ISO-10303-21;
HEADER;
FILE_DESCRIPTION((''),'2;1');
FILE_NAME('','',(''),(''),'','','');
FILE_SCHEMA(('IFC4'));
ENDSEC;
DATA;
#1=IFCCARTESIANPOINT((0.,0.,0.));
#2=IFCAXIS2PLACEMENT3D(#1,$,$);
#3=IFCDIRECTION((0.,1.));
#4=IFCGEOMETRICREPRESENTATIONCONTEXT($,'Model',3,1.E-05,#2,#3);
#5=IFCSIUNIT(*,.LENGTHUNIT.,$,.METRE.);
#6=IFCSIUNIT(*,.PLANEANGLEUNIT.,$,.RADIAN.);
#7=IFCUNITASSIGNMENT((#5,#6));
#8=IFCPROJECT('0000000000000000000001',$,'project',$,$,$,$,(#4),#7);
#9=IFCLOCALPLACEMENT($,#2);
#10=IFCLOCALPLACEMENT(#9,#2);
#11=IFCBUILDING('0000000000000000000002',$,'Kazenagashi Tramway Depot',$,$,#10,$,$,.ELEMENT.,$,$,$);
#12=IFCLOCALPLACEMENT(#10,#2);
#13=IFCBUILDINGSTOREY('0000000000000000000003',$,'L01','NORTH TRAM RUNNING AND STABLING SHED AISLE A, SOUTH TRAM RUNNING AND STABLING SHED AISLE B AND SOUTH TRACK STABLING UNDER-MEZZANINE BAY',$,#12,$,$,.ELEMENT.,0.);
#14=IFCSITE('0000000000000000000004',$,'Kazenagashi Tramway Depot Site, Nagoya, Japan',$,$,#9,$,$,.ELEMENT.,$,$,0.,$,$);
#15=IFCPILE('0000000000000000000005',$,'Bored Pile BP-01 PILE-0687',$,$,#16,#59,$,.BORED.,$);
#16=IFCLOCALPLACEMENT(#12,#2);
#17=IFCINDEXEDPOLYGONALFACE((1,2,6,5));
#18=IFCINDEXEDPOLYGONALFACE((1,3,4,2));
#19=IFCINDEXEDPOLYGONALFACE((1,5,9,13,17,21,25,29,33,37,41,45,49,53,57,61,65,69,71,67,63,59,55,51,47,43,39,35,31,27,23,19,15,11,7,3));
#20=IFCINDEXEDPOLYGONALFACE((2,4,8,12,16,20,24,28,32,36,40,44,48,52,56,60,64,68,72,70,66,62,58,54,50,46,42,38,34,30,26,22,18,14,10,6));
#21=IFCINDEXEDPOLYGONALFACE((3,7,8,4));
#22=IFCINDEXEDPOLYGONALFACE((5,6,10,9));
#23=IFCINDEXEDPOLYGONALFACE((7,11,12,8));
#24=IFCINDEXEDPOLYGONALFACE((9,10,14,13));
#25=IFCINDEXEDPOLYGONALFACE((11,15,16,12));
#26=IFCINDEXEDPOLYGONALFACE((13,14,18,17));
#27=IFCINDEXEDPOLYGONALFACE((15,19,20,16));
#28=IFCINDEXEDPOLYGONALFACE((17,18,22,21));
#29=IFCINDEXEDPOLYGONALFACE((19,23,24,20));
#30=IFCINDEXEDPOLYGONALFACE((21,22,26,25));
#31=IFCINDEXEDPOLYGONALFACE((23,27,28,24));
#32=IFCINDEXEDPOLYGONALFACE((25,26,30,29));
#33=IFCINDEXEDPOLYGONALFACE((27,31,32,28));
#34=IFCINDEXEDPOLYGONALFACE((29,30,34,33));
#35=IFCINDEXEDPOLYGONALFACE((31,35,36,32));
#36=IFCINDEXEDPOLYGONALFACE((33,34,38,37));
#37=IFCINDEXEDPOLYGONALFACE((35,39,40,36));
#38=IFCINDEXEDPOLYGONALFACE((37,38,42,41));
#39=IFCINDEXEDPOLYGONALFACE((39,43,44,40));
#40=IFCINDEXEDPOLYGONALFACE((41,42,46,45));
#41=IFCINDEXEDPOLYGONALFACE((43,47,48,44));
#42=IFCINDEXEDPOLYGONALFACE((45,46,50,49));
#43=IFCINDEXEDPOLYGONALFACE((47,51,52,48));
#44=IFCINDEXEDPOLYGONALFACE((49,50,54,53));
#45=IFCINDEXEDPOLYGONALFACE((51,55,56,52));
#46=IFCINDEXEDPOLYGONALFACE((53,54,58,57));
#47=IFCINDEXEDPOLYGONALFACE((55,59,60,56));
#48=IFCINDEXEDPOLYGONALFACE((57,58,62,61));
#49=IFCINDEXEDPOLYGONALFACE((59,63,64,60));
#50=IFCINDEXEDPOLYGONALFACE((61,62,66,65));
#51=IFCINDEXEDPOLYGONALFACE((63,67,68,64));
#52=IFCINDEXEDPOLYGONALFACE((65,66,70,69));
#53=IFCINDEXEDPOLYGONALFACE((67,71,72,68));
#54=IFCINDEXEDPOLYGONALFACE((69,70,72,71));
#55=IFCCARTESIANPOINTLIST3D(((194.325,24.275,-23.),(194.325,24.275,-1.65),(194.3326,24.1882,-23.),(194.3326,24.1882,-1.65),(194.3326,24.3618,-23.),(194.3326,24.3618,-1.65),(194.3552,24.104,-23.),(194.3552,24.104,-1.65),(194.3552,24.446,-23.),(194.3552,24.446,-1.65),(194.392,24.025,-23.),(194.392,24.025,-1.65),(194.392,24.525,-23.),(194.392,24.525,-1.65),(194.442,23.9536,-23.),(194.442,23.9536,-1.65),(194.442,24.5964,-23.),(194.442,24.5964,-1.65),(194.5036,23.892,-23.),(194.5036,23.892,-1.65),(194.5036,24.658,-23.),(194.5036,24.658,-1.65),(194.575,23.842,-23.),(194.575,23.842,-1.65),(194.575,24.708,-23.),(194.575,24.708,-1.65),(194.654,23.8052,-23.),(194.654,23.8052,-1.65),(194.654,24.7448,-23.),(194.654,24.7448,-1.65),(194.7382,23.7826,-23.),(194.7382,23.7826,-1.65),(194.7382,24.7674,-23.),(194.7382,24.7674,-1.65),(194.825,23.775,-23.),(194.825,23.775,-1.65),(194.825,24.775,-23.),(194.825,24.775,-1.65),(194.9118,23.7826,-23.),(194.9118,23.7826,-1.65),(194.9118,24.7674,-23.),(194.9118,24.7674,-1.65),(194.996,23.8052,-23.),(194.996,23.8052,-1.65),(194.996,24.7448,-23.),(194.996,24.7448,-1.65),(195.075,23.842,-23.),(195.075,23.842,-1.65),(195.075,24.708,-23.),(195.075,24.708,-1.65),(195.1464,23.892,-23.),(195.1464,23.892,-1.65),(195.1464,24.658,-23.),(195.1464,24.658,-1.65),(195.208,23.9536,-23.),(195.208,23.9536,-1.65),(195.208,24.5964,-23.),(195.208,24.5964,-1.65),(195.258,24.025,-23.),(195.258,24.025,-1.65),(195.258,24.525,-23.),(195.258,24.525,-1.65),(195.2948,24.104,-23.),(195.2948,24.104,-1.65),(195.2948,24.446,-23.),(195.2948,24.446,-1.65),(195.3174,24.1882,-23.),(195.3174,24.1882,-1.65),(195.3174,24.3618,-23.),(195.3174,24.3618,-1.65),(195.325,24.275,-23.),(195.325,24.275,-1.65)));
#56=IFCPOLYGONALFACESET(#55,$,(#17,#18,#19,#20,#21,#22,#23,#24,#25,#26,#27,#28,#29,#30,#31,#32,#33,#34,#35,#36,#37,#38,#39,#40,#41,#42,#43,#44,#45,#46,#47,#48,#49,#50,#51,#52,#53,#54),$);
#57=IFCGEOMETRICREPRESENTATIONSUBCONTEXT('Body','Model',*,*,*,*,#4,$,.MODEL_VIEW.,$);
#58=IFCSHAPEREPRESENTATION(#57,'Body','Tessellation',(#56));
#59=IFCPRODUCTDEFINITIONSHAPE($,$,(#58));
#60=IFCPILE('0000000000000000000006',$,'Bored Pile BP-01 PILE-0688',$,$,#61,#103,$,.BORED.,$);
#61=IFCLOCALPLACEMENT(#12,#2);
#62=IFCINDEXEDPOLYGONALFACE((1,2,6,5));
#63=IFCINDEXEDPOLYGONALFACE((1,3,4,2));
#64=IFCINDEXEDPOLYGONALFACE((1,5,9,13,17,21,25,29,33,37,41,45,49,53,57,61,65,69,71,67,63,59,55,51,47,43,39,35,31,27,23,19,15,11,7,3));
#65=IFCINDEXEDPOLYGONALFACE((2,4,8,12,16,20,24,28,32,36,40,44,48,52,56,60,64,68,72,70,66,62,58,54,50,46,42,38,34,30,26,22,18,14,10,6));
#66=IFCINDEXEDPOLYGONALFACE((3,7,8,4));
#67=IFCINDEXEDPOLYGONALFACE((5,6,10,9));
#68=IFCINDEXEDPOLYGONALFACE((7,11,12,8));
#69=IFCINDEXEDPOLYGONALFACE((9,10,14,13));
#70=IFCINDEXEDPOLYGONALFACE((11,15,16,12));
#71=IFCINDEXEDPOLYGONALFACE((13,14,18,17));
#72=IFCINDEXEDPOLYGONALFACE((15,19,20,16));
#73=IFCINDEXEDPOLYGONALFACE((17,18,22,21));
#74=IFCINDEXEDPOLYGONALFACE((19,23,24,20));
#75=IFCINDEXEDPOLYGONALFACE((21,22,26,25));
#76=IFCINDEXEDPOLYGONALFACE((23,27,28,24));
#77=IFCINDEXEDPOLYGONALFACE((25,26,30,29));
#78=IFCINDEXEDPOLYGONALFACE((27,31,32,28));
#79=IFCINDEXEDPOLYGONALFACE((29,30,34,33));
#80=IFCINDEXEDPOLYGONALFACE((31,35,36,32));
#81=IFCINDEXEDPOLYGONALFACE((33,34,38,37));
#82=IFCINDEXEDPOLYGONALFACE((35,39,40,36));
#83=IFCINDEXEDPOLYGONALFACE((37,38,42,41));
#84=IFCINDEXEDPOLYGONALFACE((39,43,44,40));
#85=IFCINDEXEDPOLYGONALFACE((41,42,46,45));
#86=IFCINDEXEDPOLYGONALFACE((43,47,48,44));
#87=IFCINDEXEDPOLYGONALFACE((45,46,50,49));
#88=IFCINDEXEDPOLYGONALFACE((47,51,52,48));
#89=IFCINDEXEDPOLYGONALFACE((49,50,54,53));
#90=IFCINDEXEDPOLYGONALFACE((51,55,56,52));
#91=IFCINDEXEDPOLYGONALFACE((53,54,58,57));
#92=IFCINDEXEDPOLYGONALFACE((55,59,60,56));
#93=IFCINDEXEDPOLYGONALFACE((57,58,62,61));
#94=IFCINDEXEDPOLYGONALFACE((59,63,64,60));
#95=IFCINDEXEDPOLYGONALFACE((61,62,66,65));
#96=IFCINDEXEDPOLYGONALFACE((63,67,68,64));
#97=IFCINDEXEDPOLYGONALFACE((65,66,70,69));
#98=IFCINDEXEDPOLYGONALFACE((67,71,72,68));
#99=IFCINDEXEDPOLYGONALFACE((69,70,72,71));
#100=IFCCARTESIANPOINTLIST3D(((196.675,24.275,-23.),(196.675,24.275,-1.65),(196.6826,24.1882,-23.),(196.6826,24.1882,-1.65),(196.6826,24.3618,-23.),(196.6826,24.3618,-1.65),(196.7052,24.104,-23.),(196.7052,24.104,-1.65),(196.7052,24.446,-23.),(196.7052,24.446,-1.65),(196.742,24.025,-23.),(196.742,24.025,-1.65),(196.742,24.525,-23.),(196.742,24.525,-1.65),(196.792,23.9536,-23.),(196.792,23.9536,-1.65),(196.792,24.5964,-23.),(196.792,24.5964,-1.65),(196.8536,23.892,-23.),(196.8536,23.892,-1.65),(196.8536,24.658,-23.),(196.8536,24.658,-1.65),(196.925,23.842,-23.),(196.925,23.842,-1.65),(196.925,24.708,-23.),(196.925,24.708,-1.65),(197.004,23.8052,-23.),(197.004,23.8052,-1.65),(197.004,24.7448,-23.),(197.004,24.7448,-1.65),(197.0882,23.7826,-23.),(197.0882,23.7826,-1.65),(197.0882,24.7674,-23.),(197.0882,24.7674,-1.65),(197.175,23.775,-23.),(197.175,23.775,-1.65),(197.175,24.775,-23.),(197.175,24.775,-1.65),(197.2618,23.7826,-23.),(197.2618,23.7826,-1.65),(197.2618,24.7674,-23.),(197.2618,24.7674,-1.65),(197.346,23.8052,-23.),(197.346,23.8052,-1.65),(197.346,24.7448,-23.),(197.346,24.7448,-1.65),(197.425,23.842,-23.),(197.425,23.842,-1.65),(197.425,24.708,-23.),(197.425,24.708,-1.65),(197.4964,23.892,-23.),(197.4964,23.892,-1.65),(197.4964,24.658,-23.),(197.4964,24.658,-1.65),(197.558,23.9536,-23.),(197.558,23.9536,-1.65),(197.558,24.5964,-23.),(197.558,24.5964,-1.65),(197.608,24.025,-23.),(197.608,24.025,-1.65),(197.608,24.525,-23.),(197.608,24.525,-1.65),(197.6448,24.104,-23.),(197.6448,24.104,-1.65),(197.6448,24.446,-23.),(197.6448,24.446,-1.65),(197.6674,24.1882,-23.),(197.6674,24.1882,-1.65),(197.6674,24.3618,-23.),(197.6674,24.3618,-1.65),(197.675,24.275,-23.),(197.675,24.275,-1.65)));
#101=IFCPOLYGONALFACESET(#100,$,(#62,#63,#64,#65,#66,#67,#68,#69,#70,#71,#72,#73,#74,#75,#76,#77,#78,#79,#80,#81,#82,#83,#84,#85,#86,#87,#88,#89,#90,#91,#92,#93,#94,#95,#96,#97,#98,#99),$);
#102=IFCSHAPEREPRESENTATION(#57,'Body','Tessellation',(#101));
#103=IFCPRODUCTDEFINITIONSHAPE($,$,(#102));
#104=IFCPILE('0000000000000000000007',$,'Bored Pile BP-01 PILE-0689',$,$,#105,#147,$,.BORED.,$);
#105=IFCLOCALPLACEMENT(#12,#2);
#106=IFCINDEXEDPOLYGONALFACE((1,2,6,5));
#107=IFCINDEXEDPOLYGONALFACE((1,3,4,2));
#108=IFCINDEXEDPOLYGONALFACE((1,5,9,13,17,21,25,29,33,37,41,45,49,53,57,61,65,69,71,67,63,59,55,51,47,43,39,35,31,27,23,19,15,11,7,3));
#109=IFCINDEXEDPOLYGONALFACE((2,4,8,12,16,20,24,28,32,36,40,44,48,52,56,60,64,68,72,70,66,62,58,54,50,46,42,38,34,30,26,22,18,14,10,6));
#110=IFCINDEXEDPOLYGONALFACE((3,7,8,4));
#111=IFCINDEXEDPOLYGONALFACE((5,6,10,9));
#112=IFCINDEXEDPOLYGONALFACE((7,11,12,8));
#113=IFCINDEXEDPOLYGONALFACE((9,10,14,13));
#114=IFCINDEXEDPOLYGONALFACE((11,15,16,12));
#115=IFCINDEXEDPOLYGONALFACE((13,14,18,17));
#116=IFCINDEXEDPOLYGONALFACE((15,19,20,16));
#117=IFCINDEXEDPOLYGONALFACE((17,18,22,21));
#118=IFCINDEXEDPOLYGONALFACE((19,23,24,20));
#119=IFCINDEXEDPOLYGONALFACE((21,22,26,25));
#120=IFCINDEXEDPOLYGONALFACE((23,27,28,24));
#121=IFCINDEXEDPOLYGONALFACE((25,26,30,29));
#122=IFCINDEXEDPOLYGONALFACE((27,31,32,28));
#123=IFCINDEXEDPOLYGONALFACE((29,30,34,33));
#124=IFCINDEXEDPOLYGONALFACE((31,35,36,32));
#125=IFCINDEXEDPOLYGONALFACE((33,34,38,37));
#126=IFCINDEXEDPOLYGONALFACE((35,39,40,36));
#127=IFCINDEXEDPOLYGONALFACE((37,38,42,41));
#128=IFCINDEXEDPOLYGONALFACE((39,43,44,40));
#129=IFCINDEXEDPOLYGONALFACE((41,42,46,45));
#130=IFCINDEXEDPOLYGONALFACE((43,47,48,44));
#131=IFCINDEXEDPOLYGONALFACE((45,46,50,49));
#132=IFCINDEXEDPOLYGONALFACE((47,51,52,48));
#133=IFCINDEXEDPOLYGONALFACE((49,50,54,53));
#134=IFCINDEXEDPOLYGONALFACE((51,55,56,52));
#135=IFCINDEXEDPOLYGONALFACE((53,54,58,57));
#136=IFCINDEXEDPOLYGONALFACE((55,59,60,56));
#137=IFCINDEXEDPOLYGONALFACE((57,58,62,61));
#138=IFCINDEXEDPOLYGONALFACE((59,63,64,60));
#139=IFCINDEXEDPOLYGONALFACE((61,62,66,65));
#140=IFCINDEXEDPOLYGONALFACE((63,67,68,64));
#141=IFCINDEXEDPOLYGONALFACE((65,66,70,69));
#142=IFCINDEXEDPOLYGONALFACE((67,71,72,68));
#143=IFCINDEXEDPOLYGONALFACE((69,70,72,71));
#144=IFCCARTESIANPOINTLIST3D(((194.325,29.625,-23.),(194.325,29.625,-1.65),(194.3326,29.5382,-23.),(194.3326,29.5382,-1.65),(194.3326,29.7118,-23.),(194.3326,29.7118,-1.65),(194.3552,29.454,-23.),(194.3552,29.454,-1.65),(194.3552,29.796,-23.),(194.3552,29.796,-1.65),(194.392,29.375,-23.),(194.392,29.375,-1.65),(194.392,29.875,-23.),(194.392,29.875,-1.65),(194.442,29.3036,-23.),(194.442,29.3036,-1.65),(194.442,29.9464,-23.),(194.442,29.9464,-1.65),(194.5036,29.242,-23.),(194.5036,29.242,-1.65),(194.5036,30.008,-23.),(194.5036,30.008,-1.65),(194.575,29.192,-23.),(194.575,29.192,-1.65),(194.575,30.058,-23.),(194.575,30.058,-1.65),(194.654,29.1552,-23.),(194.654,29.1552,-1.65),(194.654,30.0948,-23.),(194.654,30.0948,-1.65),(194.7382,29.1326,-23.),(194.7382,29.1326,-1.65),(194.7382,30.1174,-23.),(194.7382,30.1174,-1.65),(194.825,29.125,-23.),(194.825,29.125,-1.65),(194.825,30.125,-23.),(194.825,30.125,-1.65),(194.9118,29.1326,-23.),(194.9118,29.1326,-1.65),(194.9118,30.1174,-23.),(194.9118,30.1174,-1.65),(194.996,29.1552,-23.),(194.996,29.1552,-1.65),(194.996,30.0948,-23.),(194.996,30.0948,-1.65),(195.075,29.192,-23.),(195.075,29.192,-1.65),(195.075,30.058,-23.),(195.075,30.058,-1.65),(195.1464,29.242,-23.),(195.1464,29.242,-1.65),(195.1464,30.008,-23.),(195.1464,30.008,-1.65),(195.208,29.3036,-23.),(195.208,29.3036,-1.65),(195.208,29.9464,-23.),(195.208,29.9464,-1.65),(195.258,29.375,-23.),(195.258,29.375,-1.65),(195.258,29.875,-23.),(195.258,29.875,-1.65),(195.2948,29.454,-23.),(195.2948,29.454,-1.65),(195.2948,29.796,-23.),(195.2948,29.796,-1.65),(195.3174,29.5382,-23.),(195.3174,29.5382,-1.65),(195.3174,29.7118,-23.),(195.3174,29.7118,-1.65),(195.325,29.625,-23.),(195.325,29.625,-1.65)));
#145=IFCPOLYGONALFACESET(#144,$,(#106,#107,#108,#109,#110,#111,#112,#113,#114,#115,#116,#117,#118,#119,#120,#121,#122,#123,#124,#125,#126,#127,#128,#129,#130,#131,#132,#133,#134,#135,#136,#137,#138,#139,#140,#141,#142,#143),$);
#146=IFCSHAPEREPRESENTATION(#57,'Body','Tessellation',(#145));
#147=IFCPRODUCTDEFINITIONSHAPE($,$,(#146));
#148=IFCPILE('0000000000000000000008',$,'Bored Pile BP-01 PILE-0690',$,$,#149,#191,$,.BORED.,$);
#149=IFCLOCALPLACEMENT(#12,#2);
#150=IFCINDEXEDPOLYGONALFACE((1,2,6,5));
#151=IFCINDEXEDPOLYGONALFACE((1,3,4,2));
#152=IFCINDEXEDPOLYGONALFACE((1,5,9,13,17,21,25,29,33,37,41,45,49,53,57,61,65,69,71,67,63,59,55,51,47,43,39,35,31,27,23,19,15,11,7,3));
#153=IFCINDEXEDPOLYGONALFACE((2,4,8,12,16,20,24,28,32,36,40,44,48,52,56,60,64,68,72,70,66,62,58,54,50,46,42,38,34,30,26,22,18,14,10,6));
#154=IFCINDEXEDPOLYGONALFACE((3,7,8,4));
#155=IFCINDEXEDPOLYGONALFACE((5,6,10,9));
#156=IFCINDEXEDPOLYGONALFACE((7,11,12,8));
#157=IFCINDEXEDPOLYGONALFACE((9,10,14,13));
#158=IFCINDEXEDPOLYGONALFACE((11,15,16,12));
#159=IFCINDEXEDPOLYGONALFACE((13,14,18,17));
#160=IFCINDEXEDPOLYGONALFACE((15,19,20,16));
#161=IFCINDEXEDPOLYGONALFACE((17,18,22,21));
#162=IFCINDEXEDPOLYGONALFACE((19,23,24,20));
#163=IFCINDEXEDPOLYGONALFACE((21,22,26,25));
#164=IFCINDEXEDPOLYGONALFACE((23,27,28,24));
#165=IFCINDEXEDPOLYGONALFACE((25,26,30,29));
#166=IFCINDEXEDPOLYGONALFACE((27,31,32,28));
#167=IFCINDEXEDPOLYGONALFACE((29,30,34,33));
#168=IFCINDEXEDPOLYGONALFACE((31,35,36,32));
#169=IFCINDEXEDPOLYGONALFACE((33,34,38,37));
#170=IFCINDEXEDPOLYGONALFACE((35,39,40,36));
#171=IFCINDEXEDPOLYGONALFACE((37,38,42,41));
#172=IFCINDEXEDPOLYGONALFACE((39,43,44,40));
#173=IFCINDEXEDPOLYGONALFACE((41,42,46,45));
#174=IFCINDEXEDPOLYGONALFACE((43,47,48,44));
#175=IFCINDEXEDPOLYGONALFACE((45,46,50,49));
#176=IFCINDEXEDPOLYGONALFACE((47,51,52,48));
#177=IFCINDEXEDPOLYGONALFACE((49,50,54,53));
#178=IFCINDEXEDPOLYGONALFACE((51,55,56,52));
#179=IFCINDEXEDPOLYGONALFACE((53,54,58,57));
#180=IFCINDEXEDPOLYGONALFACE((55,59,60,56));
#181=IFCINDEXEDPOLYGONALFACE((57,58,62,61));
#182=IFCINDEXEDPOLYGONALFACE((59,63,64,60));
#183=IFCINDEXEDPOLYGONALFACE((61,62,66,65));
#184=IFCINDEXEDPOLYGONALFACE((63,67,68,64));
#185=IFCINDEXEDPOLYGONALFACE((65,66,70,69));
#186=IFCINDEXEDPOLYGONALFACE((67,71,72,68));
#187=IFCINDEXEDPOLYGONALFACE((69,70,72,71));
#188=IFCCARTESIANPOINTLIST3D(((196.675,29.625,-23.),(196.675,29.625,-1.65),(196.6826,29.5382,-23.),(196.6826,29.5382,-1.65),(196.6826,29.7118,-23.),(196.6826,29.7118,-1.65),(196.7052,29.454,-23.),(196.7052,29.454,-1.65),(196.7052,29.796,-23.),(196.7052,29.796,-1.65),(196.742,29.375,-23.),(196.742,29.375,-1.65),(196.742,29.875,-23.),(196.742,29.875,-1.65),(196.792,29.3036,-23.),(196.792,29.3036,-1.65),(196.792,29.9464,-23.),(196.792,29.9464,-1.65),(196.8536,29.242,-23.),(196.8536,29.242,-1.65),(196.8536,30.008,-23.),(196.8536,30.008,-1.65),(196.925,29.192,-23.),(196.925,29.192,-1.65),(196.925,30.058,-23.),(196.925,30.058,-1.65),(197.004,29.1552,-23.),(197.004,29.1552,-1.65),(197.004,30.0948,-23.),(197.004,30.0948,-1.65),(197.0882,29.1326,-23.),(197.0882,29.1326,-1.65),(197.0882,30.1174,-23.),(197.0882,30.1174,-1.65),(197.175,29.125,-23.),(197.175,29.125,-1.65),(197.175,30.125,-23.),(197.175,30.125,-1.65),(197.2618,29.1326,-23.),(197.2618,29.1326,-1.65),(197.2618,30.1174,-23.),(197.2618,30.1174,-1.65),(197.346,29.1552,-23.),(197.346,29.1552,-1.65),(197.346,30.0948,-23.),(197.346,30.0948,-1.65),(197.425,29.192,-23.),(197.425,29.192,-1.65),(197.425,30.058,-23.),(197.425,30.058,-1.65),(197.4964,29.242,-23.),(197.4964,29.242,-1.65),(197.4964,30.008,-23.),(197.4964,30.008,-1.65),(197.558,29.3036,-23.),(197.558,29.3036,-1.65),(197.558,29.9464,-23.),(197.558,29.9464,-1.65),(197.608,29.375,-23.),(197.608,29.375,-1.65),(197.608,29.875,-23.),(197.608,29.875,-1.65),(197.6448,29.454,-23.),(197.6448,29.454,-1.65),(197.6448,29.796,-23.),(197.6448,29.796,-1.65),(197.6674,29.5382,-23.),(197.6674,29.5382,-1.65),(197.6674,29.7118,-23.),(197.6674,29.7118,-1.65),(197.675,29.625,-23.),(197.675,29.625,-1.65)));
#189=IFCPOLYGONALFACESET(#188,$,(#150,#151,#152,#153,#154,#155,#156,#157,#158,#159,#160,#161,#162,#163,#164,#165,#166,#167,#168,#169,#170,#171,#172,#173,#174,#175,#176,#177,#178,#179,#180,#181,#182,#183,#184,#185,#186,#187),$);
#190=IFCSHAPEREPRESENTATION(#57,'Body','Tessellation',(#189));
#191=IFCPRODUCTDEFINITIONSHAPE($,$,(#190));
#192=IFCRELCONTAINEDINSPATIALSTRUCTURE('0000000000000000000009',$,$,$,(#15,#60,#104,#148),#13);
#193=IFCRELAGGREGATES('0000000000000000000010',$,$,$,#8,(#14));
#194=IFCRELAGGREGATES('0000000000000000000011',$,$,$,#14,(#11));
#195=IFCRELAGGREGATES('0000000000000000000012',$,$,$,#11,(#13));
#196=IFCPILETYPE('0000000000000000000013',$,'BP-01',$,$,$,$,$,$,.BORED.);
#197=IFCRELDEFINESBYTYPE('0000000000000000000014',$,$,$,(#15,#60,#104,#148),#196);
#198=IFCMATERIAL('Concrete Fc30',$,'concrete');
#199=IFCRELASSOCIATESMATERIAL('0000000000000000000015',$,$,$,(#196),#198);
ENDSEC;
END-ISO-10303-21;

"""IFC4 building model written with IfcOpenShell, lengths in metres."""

from ifc_helpers import new_model, si_unit, direction, frame, origin, origin_2d, place, context, subcontext, project, spatial, circle, extrude, material, material_profile, profile_set, type_object, element, save


model = new_model("IFC4")

# Units and contexts
model_context = context("Model", 3, precision=1e-05, world=origin(), true_north=direction((0.0, 1.0)))
body_context = subcontext(model_context, "Body", "Model", "MODEL_VIEW")
ifc_project = project(units=[si_unit("LENGTHUNIT", "METRE"), si_unit("PLANEANGLEUNIT", "RADIAN")], contexts=[model_context])

# Site, building, storey
site_placement = place(None, origin())
site = spatial("IfcSite", under=ifc_project, at=site_placement, Name="Kazenagashi Tramway Depot Site, Nagoya, Japan", CompositionType="ELEMENT", RefElevation=0.0)
building_placement = place(site_placement, origin())
building = spatial("IfcBuilding", under=site, at=building_placement, Name="Kazenagashi Tramway Depot", CompositionType="ELEMENT")
storey_placement = place(building_placement, origin())
storey = spatial("IfcBuildingStorey", under=building, at=storey_placement, Name="L01", Description="NORTH TRAM RUNNING AND STABLING SHED AISLE A, SOUTH TRAM RUNNING AND STABLING SHED AISLE B AND SOUTH TRACK STABLING UNDER-MEZZANINE BAY", CompositionType="ELEMENT", Elevation=0.0)

# Piles
ifc_material_1 = material(Name="Concrete Fc30", Category="concrete")
ifc_material_profile_1 = material_profile(ifc_material_1, circle(Radius=0.5, at=origin_2d()), Name="PILE-1000")
ifc_profile_set_1 = profile_set([ifc_material_profile_1], Name="Concrete Fc30")
pile_type = type_object("IfcPileType", Name="BP-01", PredefinedType="BORED", material=ifc_profile_set_1)
for number, where, z_axis, x_axis, name in (
    (1, (194.825, 24.275, -1.65), (0.0, 0.0, -1.0), (1.0, 0.0, 0.0), "Bored Pile BP-01 PILE-0687"),
    (2, (197.175, 24.275, -1.65), (0.0, 0.0, -1.0), (1.0, 0.0, 0.0), "Bored Pile BP-01 PILE-0688"),
    (3, (194.825, 29.625, -1.65), (0.0, 0.0, -1.0), (1.0, 0.0, 0.0), "Bored Pile BP-01 PILE-0689"),
    (4, (197.175, 29.625, -1.65), (0.0, 0.0, -1.0), (1.0, 0.0, 0.0), "Bored Pile BP-01 PILE-0690"),
):
    element("IfcPile", number, at=place(storey_placement, frame(where, z_axis=z_axis, x_axis=x_axis)), inside=storey, type_object=pile_type, Name=name, PredefinedType="BORED", context=body_context, shape_type="SweptSolid", body=[
        extrude(circle(Radius=0.5, at=origin_2d()), origin(), (0.0, 0.0, 1.0), 21.35),
    ])

save(model, "model.ifc")
